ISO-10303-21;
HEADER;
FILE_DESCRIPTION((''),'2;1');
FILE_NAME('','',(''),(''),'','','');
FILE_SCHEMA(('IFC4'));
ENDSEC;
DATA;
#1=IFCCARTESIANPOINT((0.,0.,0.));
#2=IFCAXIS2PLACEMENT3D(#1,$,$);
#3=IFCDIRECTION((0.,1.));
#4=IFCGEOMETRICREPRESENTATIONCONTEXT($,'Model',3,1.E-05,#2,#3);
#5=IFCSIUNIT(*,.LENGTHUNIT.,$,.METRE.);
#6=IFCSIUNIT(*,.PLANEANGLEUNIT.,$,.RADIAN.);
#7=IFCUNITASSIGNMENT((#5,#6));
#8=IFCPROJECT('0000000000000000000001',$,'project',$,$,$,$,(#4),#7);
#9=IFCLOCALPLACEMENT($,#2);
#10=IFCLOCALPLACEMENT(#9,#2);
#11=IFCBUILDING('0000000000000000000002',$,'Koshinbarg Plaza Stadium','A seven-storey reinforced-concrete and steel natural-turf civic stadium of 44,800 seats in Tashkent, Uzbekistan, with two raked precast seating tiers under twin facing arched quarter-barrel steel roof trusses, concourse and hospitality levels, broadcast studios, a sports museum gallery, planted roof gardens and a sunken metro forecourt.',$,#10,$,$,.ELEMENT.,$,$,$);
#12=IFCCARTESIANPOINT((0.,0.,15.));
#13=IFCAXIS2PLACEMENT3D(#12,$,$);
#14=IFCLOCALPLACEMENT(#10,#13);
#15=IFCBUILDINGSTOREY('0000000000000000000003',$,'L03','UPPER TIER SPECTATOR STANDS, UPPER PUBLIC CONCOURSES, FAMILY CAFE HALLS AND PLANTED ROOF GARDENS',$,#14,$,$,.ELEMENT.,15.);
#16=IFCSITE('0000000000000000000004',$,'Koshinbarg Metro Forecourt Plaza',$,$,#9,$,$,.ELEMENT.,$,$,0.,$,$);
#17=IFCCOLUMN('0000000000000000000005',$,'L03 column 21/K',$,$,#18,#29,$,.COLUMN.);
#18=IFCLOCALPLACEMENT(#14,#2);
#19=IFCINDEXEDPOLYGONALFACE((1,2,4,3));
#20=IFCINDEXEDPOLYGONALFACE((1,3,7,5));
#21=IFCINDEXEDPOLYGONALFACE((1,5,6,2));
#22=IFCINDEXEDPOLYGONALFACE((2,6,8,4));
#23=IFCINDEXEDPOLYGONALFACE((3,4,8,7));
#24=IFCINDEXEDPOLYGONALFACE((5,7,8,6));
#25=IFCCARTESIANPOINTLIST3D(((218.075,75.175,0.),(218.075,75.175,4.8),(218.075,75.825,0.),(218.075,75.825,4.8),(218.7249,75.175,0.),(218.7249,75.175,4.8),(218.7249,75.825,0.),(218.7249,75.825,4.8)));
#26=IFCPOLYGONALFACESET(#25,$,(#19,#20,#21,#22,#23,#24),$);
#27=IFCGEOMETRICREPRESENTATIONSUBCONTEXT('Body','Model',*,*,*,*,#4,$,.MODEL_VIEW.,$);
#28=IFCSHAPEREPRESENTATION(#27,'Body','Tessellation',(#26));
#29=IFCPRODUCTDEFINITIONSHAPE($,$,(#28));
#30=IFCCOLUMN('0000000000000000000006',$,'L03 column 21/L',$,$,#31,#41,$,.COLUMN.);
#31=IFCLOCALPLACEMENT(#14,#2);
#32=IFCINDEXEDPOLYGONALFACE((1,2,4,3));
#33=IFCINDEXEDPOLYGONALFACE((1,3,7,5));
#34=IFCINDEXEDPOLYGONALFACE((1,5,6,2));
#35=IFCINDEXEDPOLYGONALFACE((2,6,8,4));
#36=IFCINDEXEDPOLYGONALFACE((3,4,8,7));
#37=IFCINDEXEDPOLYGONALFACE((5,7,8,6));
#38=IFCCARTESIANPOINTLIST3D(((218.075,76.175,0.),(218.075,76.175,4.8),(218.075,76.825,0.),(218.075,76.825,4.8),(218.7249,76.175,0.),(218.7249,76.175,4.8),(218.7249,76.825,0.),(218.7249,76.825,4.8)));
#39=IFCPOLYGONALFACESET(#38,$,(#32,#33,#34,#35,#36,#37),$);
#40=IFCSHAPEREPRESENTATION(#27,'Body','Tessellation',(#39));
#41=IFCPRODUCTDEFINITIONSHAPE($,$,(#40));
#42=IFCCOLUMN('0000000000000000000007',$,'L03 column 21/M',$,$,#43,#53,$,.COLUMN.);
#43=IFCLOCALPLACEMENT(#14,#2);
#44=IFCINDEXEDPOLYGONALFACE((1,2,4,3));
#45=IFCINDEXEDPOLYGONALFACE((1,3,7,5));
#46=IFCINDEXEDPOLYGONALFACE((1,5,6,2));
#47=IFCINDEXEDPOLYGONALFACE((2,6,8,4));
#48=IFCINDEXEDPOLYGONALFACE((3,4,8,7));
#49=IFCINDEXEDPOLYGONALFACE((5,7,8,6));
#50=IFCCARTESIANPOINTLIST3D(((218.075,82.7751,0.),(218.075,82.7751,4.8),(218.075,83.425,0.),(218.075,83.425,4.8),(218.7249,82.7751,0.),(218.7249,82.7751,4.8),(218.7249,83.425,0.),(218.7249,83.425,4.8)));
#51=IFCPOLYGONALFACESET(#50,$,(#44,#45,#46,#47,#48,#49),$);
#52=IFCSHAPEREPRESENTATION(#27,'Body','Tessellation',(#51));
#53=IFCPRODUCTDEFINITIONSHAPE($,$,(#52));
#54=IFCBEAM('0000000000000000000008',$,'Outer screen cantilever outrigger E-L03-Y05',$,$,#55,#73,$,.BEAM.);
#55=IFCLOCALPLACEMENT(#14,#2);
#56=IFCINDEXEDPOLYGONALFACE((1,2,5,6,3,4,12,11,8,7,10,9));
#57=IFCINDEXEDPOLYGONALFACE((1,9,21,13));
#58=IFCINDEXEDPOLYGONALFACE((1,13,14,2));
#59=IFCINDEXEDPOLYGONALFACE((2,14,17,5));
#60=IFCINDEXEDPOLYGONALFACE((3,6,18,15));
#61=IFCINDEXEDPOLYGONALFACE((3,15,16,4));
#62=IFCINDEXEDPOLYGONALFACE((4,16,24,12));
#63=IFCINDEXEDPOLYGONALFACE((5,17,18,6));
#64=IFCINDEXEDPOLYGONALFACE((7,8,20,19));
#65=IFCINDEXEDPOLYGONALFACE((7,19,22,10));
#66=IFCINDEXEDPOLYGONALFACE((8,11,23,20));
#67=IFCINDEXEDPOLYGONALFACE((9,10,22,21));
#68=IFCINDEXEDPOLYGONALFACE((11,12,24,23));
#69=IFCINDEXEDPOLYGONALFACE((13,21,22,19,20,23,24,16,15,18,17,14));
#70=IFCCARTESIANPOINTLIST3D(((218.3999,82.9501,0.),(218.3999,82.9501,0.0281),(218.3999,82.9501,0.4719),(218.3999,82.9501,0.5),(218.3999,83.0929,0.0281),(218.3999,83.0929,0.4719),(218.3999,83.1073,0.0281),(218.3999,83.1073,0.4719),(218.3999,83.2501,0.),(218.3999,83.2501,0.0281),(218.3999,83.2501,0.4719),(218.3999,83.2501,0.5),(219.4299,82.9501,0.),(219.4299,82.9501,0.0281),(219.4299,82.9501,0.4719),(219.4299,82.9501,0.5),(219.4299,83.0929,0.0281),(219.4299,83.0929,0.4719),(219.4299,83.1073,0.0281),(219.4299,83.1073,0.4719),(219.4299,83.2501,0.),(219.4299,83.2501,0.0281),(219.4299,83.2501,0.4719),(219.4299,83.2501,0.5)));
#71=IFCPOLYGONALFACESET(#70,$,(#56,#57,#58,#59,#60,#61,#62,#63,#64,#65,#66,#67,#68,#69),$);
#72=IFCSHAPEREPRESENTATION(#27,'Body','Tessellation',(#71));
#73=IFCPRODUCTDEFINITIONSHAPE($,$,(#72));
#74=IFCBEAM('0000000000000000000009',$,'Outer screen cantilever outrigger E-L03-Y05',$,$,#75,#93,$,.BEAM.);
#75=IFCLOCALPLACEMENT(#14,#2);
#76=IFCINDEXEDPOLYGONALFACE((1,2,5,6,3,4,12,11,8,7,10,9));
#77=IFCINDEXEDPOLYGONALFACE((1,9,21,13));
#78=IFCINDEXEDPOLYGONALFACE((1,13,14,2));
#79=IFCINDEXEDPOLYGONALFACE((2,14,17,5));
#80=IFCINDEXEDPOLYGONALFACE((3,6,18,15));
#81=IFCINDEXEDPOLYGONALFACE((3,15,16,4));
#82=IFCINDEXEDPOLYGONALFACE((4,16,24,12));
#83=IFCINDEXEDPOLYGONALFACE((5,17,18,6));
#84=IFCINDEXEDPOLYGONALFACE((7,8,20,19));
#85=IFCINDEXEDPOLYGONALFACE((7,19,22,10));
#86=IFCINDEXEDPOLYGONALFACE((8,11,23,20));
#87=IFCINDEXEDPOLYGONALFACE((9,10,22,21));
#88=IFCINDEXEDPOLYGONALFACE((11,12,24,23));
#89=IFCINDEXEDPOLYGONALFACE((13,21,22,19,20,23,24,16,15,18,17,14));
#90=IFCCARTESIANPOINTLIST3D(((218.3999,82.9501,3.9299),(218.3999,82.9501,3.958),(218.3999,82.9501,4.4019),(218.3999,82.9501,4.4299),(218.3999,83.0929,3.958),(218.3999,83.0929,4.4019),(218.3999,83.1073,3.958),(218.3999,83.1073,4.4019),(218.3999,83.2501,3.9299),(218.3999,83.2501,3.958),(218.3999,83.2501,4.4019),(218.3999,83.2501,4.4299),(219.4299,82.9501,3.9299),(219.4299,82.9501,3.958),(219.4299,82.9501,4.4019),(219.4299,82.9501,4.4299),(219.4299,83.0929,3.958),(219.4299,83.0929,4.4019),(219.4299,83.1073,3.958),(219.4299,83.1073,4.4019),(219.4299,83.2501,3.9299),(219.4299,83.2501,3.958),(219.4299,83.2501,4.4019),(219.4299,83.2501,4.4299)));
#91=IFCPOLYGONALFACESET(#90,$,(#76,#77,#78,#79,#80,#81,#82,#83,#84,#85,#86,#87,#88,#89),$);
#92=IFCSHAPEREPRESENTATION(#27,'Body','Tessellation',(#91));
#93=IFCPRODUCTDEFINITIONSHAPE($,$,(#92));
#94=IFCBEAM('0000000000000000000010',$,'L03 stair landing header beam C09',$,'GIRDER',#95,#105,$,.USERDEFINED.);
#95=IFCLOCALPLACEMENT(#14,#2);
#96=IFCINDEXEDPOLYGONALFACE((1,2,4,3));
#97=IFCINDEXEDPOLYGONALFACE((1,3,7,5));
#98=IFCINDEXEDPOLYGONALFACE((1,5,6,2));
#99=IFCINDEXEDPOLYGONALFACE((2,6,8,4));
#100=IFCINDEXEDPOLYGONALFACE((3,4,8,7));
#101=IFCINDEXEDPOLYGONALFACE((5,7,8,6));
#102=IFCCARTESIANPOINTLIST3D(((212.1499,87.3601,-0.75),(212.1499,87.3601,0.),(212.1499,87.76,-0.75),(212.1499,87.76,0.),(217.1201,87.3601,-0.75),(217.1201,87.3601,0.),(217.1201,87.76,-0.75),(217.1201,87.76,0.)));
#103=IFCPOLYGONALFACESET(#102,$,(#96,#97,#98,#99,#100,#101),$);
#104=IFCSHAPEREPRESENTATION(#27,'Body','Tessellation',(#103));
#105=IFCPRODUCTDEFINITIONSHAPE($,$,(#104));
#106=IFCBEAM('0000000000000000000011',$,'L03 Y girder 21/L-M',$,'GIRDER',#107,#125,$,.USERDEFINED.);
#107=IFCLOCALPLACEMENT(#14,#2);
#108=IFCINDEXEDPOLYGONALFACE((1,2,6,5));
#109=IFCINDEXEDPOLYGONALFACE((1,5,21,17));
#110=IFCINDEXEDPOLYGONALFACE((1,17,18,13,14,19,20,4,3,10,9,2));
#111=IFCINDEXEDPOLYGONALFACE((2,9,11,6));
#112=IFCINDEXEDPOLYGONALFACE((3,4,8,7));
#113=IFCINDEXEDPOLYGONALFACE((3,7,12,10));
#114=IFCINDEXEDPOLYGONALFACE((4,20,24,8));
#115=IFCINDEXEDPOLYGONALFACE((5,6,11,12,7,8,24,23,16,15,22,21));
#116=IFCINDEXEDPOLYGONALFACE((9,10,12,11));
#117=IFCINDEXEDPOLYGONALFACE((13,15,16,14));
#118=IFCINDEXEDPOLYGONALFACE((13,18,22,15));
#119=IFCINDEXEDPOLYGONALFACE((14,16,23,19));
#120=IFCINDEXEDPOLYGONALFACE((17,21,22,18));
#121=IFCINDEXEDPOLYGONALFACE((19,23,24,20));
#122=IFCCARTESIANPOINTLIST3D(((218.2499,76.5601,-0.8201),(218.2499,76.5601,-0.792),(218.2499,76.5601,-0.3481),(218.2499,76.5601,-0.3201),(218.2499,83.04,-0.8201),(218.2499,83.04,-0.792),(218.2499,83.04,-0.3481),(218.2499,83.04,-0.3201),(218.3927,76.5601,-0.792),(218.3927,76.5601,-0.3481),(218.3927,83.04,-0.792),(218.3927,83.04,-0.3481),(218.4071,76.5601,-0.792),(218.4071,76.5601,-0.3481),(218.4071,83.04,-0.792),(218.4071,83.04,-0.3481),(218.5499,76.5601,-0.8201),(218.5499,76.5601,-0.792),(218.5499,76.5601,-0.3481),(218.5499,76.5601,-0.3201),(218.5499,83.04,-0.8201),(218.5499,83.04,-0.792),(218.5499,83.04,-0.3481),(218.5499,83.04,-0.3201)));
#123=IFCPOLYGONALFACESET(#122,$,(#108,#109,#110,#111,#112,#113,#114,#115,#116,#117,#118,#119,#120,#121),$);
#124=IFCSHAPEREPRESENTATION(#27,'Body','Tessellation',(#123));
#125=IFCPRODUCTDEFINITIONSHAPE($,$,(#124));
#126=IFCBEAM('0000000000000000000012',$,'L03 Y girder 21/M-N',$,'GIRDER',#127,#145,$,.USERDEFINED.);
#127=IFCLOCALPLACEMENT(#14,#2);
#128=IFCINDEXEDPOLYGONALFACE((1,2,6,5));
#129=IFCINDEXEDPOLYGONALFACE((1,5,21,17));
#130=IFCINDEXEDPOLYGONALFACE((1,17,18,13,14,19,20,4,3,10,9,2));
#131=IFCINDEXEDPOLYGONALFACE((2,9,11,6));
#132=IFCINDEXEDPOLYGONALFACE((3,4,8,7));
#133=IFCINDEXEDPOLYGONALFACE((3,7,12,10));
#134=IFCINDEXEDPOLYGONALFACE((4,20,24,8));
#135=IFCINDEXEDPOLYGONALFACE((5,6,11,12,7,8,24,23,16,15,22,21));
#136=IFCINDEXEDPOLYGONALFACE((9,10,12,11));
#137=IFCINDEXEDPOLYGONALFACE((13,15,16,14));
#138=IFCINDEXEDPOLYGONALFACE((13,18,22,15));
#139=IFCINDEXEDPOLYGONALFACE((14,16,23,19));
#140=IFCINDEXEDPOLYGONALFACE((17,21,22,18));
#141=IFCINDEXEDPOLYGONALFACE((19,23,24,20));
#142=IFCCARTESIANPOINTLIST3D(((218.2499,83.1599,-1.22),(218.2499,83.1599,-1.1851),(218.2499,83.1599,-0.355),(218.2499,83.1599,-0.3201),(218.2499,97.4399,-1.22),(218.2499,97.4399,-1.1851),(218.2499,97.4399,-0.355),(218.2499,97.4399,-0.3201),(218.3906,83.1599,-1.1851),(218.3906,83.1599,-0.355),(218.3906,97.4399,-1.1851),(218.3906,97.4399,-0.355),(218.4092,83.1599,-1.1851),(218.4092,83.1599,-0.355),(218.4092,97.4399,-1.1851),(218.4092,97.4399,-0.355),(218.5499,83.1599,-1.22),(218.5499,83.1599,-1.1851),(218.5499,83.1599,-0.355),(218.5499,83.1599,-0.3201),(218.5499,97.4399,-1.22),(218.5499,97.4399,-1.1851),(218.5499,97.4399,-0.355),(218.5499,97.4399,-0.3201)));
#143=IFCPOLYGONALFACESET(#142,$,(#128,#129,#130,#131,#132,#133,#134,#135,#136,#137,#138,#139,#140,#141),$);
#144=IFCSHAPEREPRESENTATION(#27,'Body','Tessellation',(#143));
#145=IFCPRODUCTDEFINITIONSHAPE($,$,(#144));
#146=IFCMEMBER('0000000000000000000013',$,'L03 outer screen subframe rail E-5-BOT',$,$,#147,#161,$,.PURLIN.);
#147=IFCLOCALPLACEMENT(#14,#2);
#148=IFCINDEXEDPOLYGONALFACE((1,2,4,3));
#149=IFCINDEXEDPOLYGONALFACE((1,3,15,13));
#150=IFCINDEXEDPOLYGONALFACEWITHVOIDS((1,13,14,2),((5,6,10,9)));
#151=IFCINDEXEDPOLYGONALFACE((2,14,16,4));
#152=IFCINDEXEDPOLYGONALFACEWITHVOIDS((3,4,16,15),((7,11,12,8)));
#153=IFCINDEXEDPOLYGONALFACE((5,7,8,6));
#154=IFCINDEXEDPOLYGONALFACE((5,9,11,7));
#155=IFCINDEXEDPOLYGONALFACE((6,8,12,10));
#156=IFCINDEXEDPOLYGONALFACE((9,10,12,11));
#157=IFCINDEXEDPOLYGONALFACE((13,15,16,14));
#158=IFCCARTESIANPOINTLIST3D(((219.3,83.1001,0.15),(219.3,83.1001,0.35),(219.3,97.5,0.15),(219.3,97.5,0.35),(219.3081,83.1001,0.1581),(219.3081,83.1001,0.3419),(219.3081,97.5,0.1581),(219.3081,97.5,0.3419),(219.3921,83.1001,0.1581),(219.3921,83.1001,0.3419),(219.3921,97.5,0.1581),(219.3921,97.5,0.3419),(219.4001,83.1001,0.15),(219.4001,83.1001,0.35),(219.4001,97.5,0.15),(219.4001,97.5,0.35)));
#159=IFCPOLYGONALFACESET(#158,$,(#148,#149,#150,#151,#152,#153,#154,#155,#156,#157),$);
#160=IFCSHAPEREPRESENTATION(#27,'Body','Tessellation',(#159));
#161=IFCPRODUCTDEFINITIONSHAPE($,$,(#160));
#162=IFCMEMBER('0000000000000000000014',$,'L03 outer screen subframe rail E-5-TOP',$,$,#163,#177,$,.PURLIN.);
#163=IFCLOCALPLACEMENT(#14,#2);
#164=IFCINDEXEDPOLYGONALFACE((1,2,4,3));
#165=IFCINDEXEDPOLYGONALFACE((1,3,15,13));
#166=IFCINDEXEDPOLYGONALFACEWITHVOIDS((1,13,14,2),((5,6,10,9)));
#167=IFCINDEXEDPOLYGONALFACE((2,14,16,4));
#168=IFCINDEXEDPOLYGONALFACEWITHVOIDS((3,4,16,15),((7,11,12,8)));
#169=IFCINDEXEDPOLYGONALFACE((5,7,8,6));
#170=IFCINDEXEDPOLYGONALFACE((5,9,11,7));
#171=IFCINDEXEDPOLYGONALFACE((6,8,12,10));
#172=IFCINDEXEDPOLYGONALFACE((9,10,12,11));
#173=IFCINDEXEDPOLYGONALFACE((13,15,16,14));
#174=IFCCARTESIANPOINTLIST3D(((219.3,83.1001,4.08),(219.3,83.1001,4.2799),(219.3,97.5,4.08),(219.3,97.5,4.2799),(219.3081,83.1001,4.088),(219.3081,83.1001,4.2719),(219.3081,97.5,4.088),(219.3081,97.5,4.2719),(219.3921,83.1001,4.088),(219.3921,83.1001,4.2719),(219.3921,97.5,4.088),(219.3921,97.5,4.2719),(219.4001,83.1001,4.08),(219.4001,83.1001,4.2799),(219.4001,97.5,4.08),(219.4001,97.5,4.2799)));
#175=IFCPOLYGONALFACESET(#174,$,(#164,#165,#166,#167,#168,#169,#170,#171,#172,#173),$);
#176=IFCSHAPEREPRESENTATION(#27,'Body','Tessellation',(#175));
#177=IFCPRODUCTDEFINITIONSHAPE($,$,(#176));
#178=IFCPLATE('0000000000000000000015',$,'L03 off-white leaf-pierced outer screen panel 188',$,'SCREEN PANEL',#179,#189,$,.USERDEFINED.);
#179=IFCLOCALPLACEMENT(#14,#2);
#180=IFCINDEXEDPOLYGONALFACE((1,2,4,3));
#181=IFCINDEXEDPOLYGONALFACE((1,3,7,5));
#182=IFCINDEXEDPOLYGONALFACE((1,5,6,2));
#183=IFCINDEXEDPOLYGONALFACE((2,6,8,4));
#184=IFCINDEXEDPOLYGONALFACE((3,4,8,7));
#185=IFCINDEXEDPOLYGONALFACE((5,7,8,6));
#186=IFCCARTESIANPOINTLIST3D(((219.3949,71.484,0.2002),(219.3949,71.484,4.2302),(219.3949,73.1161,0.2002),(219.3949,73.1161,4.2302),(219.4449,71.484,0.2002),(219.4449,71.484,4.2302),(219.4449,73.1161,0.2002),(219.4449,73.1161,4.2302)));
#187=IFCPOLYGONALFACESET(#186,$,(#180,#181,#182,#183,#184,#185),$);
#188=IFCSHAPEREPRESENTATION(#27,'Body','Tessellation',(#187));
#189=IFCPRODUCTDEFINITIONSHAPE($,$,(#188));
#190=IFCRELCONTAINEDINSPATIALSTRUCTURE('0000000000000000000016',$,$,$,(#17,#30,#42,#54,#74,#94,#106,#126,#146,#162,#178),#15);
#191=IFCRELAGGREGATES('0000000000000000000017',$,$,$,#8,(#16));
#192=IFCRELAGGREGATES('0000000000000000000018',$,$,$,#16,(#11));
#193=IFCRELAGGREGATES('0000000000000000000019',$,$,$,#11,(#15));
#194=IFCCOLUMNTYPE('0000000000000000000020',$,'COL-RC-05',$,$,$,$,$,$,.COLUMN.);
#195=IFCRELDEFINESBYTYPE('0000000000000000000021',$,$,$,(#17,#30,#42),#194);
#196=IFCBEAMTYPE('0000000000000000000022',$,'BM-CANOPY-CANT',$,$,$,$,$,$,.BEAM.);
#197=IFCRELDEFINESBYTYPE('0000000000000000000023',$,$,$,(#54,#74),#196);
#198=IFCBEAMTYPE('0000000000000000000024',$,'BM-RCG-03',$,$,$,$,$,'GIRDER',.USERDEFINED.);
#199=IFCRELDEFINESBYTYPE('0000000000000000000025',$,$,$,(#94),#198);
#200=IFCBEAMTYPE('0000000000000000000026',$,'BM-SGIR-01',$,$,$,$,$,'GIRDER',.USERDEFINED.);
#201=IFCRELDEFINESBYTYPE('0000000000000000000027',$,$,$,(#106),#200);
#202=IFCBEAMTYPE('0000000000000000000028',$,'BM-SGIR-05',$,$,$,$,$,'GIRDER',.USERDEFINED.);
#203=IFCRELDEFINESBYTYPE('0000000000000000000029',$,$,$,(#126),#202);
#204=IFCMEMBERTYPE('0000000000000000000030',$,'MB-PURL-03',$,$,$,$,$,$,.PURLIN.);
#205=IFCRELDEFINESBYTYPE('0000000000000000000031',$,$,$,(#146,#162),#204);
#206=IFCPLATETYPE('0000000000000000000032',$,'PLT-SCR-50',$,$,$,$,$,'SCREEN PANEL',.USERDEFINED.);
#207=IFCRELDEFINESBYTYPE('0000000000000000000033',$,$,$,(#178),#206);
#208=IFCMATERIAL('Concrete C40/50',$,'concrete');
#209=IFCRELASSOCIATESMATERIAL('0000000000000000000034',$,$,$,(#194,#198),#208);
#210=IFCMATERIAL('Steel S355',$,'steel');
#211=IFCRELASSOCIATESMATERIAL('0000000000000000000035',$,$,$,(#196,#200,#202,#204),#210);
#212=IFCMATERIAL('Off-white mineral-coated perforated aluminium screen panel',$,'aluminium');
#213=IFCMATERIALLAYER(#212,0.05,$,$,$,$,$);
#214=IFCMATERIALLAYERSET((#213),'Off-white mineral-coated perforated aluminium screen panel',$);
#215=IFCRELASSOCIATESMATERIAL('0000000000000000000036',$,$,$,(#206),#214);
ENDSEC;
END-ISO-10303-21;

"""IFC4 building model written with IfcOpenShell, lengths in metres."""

from ifc_helpers import new_model, si_unit, direction, frame, origin, origin_2d, place, context, subcontext, project, spatial, rectangle, hollow_rectangle, i_section, extrude, material, layer, layer_set, material_profile, profile_set, type_object, element, save


model = new_model("IFC4")

# Units and contexts
model_context = context("Model", 3, precision=1e-05, world=origin(), true_north=direction((0.0, 1.0)))
body_context = subcontext(model_context, "Body", "Model", "MODEL_VIEW")
ifc_project = project(units=[si_unit("LENGTHUNIT", "METRE"), si_unit("PLANEANGLEUNIT", "RADIAN")], contexts=[model_context])

# Site, building, storey
site_placement = place(None, origin())
site = spatial("IfcSite", under=ifc_project, at=site_placement, Name="Koshinbarg Metro Forecourt Plaza", CompositionType="ELEMENT", RefElevation=0.0)
building_placement = place(site_placement, origin())
building = spatial("IfcBuilding", under=site, at=building_placement, Name="Koshinbarg Plaza Stadium", Description="A seven-storey reinforced-concrete and steel natural-turf civic stadium of 44,800 seats in Tashkent, Uzbekistan, with two raked precast seating tiers under twin facing arched quarter-barrel steel roof trusses, concourse and hospitality levels, broadcast studios, a sports museum gallery, planted roof gardens and a sunken metro forecourt.", CompositionType="ELEMENT")
storey_placement = place(building_placement, frame((0.0, 0.0, 15.0)))
storey = spatial("IfcBuildingStorey", under=building, at=storey_placement, Name="L03", Description="UPPER TIER SPECTATOR STANDS, UPPER PUBLIC CONCOURSES, FAMILY CAFE HALLS AND PLANTED ROOF GARDENS", CompositionType="ELEMENT", Elevation=15.0)

# Columns
ifc_material_1 = material(Name="Concrete C40/50", Category="concrete")
ifc_material_profile_1 = material_profile(ifc_material_1, rectangle(XDim=0.6499, YDim=0.6499, at=origin_2d()), Name="RC 650x650")
ifc_profile_set_1 = profile_set([ifc_material_profile_1], Name="Concrete C40/50")
column_type = type_object("IfcColumnType", Name="COL-RC-05", PredefinedType="COLUMN", material=ifc_profile_set_1)
for number, where, z_axis, x_axis, name in (
    (1, (218.3999, 75.5, 0.0), (0.0, 0.0, 1.0), (1.0, 0.0, 0.0), "L03 column 21/K"),
    (2, (218.3999, 76.5, 0.0), (0.0, 0.0, 1.0), (1.0, 0.0, 0.0), "L03 column 21/L"),
    (3, (218.3999, 83.1001, 0.0), (0.0, 0.0, 1.0), (1.0, 0.0, 0.0), "L03 column 21/M"),
):
    element("IfcColumn", number, at=place(storey_placement, frame(where, z_axis=z_axis, x_axis=x_axis)), inside=storey, type_object=column_type, Name=name, PredefinedType="COLUMN", context=body_context, shape_type="SweptSolid", body=[
        extrude(rectangle(XDim=0.6499, YDim=0.6499, at=origin_2d()), origin(), (0.0, 0.0, 1.0), 4.8),
    ])

# Beams
ifc_material_2 = material(Name="Steel S355", Category="steel")
ifc_material_profile_2 = material_profile(ifc_material_2, i_section(OverallWidth=0.3, OverallDepth=0.5, WebThickness=0.0144, FlangeThickness=0.0281, at=origin_2d()), Name="HEB 500")
ifc_profile_set_2 = profile_set([ifc_material_profile_2], Name="Steel S355")
beam_type_1 = type_object("IfcBeamType", Name="BM-CANOPY-CANT", PredefinedType="BEAM", material=ifc_profile_set_2)
for number, where, z_axis, x_axis, name in (
    (4, (218.3999, 83.1001, 0.25), (1.0, 0.0, 0.0), (0.0, 1.0, 0.0), "Outer screen cantilever outrigger E-L03-Y05"),
    (5, (218.3999, 83.1001, 4.1799), (1.0, 0.0, 0.0), (0.0, 1.0, 0.0), "Outer screen cantilever outrigger E-L03-Y05"),
):
    element("IfcBeam", number, at=place(storey_placement, frame(where, z_axis=z_axis, x_axis=x_axis)), inside=storey, type_object=beam_type_1, Name=name, PredefinedType="BEAM", context=body_context, shape_type="SweptSolid", body=[
        extrude(i_section(OverallWidth=0.3, OverallDepth=0.5, WebThickness=0.0144, FlangeThickness=0.0281, at=origin_2d()), origin(), (0.0, 0.0, 1.0), 1.03),
    ])
ifc_material_profile_3 = material_profile(ifc_material_1, rectangle(XDim=0.3999, YDim=0.75, at=origin_2d()), Name="RC 400x750")
ifc_profile_set_3 = profile_set([ifc_material_profile_3], Name="Concrete C40/50")
beam_type_2 = type_object("IfcBeamType", Name="BM-RCG-03", ElementType="GIRDER", PredefinedType="USERDEFINED", material=ifc_profile_set_3)
beam_1_placement = place(storey_placement, frame((212.1499, 87.5601, -0.375), z_axis=(1.0, 0.0, 0.0), x_axis=(0.0, 1.0, 0.0)))
element("IfcBeam", 6, at=beam_1_placement, inside=storey, type_object=beam_type_2, Name="L03 stair landing header beam C09", ObjectType="GIRDER", PredefinedType="USERDEFINED", context=body_context, shape_type="SweptSolid", body=[
    extrude(rectangle(XDim=0.3999, YDim=0.75, at=origin_2d()), origin(), (0.0, 0.0, 1.0), 4.9702),
])
ifc_material_profile_4 = material_profile(ifc_material_2, i_section(OverallWidth=0.3, OverallDepth=0.5, WebThickness=0.0144, FlangeThickness=0.0281, at=origin_2d()), Name="HEB 500")
ifc_profile_set_4 = profile_set([ifc_material_profile_4], Name="Steel S355")
beam_type_3 = type_object("IfcBeamType", Name="BM-SGIR-01", ElementType="GIRDER", PredefinedType="USERDEFINED", material=ifc_profile_set_4)
beam_2_placement = place(storey_placement, frame((218.3999, 76.5601, -0.5701), z_axis=(0.0, 1.0, 0.0), x_axis=(-1.0, 0.0, 0.0)))
element("IfcBeam", 7, at=beam_2_placement, inside=storey, type_object=beam_type_3, Name="L03 Y girder 21/L-M", ObjectType="GIRDER", PredefinedType="USERDEFINED", context=body_context, shape_type="SweptSolid", body=[
    extrude(i_section(OverallWidth=0.3, OverallDepth=0.5, WebThickness=0.0144, FlangeThickness=0.0281, at=origin_2d()), origin(), (0.0, 0.0, 1.0), 6.48),
])
ifc_material_profile_5 = material_profile(ifc_material_2, i_section(OverallWidth=0.3, OverallDepth=0.8999, WebThickness=0.0186, FlangeThickness=0.0349, at=origin_2d()), Name="HEB 900")
ifc_profile_set_5 = profile_set([ifc_material_profile_5], Name="Steel S355")
beam_type_4 = type_object("IfcBeamType", Name="BM-SGIR-05", ElementType="GIRDER", PredefinedType="USERDEFINED", material=ifc_profile_set_5)
beam_3_placement = place(storey_placement, frame((218.3999, 83.1599, -0.77), z_axis=(0.0, 1.0, 0.0), x_axis=(-1.0, 0.0, 0.0)))
element("IfcBeam", 8, at=beam_3_placement, inside=storey, type_object=beam_type_4, Name="L03 Y girder 21/M-N", ObjectType="GIRDER", PredefinedType="USERDEFINED", context=body_context, shape_type="SweptSolid", body=[
    extrude(i_section(OverallWidth=0.3, OverallDepth=0.8999, WebThickness=0.0186, FlangeThickness=0.0349, at=origin_2d()), origin(), (0.0, 0.0, 1.0), 14.28),
])

# Members
ifc_material_profile_6 = material_profile(ifc_material_2, hollow_rectangle(XDim=0.1001, YDim=0.2, WallThickness=0.0081, at=origin_2d()), Name="RHS 200x100x8")
ifc_profile_set_6 = profile_set([ifc_material_profile_6], Name="Steel S355")
member_type = type_object("IfcMemberType", Name="MB-PURL-03", PredefinedType="PURLIN", material=ifc_profile_set_6)
for number, where, z_axis, x_axis, name in (
    (9, (219.3501, 83.1001, 0.25), (0.0, 1.0, 0.0), (-1.0, 0.0, 0.0), "L03 outer screen subframe rail E-5-BOT"),
    (10, (219.3501, 83.1001, 4.1799), (0.0, 1.0, 0.0), (-1.0, 0.0, 0.0), "L03 outer screen subframe rail E-5-TOP"),
):
    element("IfcMember", number, at=place(storey_placement, frame(where, z_axis=z_axis, x_axis=x_axis)), inside=storey, type_object=member_type, Name=name, PredefinedType="PURLIN", context=body_context, shape_type="SweptSolid", body=[
        extrude(hollow_rectangle(XDim=0.1001, YDim=0.2, WallThickness=0.0081, at=origin_2d()), origin(), (0.0, 0.0, 1.0), 14.3999),
    ])

# Plate
ifc_material_3 = material(Name="Off-white mineral-coated perforated aluminium screen panel", Category="aluminium")
ifc_layer_1 = layer(ifc_material_3, 0.05)
ifc_layer_set_1 = layer_set([ifc_layer_1], Name="Off-white mineral-coated perforated aluminium screen panel")
plate_type_1 = type_object("IfcPlateType", Name="PLT-SCR-50", ElementType="SCREEN PANEL", PredefinedType="USERDEFINED", material=ifc_layer_set_1)
for number, where, z_axis, x_axis, name in (
    (11, (219.4199, 72.3, 0.2002), (0.0, 0.0, 1.0), (1.0, 0.0, 0.0), "L03 off-white leaf-pierced outer screen panel 188"),
):
    element("IfcPlate", number, at=place(storey_placement, frame(where, z_axis=z_axis, x_axis=x_axis)), inside=storey, type_object=plate_type_1, Name=name, ObjectType="SCREEN PANEL", PredefinedType="USERDEFINED", context=body_context, shape_type="SweptSolid", body=[
        extrude(rectangle(XDim=0.05, YDim=1.6321, at=origin_2d()), origin(), (0.0, 0.0, 1.0), 4.03),
    ])

save(model, "model.ifc")
